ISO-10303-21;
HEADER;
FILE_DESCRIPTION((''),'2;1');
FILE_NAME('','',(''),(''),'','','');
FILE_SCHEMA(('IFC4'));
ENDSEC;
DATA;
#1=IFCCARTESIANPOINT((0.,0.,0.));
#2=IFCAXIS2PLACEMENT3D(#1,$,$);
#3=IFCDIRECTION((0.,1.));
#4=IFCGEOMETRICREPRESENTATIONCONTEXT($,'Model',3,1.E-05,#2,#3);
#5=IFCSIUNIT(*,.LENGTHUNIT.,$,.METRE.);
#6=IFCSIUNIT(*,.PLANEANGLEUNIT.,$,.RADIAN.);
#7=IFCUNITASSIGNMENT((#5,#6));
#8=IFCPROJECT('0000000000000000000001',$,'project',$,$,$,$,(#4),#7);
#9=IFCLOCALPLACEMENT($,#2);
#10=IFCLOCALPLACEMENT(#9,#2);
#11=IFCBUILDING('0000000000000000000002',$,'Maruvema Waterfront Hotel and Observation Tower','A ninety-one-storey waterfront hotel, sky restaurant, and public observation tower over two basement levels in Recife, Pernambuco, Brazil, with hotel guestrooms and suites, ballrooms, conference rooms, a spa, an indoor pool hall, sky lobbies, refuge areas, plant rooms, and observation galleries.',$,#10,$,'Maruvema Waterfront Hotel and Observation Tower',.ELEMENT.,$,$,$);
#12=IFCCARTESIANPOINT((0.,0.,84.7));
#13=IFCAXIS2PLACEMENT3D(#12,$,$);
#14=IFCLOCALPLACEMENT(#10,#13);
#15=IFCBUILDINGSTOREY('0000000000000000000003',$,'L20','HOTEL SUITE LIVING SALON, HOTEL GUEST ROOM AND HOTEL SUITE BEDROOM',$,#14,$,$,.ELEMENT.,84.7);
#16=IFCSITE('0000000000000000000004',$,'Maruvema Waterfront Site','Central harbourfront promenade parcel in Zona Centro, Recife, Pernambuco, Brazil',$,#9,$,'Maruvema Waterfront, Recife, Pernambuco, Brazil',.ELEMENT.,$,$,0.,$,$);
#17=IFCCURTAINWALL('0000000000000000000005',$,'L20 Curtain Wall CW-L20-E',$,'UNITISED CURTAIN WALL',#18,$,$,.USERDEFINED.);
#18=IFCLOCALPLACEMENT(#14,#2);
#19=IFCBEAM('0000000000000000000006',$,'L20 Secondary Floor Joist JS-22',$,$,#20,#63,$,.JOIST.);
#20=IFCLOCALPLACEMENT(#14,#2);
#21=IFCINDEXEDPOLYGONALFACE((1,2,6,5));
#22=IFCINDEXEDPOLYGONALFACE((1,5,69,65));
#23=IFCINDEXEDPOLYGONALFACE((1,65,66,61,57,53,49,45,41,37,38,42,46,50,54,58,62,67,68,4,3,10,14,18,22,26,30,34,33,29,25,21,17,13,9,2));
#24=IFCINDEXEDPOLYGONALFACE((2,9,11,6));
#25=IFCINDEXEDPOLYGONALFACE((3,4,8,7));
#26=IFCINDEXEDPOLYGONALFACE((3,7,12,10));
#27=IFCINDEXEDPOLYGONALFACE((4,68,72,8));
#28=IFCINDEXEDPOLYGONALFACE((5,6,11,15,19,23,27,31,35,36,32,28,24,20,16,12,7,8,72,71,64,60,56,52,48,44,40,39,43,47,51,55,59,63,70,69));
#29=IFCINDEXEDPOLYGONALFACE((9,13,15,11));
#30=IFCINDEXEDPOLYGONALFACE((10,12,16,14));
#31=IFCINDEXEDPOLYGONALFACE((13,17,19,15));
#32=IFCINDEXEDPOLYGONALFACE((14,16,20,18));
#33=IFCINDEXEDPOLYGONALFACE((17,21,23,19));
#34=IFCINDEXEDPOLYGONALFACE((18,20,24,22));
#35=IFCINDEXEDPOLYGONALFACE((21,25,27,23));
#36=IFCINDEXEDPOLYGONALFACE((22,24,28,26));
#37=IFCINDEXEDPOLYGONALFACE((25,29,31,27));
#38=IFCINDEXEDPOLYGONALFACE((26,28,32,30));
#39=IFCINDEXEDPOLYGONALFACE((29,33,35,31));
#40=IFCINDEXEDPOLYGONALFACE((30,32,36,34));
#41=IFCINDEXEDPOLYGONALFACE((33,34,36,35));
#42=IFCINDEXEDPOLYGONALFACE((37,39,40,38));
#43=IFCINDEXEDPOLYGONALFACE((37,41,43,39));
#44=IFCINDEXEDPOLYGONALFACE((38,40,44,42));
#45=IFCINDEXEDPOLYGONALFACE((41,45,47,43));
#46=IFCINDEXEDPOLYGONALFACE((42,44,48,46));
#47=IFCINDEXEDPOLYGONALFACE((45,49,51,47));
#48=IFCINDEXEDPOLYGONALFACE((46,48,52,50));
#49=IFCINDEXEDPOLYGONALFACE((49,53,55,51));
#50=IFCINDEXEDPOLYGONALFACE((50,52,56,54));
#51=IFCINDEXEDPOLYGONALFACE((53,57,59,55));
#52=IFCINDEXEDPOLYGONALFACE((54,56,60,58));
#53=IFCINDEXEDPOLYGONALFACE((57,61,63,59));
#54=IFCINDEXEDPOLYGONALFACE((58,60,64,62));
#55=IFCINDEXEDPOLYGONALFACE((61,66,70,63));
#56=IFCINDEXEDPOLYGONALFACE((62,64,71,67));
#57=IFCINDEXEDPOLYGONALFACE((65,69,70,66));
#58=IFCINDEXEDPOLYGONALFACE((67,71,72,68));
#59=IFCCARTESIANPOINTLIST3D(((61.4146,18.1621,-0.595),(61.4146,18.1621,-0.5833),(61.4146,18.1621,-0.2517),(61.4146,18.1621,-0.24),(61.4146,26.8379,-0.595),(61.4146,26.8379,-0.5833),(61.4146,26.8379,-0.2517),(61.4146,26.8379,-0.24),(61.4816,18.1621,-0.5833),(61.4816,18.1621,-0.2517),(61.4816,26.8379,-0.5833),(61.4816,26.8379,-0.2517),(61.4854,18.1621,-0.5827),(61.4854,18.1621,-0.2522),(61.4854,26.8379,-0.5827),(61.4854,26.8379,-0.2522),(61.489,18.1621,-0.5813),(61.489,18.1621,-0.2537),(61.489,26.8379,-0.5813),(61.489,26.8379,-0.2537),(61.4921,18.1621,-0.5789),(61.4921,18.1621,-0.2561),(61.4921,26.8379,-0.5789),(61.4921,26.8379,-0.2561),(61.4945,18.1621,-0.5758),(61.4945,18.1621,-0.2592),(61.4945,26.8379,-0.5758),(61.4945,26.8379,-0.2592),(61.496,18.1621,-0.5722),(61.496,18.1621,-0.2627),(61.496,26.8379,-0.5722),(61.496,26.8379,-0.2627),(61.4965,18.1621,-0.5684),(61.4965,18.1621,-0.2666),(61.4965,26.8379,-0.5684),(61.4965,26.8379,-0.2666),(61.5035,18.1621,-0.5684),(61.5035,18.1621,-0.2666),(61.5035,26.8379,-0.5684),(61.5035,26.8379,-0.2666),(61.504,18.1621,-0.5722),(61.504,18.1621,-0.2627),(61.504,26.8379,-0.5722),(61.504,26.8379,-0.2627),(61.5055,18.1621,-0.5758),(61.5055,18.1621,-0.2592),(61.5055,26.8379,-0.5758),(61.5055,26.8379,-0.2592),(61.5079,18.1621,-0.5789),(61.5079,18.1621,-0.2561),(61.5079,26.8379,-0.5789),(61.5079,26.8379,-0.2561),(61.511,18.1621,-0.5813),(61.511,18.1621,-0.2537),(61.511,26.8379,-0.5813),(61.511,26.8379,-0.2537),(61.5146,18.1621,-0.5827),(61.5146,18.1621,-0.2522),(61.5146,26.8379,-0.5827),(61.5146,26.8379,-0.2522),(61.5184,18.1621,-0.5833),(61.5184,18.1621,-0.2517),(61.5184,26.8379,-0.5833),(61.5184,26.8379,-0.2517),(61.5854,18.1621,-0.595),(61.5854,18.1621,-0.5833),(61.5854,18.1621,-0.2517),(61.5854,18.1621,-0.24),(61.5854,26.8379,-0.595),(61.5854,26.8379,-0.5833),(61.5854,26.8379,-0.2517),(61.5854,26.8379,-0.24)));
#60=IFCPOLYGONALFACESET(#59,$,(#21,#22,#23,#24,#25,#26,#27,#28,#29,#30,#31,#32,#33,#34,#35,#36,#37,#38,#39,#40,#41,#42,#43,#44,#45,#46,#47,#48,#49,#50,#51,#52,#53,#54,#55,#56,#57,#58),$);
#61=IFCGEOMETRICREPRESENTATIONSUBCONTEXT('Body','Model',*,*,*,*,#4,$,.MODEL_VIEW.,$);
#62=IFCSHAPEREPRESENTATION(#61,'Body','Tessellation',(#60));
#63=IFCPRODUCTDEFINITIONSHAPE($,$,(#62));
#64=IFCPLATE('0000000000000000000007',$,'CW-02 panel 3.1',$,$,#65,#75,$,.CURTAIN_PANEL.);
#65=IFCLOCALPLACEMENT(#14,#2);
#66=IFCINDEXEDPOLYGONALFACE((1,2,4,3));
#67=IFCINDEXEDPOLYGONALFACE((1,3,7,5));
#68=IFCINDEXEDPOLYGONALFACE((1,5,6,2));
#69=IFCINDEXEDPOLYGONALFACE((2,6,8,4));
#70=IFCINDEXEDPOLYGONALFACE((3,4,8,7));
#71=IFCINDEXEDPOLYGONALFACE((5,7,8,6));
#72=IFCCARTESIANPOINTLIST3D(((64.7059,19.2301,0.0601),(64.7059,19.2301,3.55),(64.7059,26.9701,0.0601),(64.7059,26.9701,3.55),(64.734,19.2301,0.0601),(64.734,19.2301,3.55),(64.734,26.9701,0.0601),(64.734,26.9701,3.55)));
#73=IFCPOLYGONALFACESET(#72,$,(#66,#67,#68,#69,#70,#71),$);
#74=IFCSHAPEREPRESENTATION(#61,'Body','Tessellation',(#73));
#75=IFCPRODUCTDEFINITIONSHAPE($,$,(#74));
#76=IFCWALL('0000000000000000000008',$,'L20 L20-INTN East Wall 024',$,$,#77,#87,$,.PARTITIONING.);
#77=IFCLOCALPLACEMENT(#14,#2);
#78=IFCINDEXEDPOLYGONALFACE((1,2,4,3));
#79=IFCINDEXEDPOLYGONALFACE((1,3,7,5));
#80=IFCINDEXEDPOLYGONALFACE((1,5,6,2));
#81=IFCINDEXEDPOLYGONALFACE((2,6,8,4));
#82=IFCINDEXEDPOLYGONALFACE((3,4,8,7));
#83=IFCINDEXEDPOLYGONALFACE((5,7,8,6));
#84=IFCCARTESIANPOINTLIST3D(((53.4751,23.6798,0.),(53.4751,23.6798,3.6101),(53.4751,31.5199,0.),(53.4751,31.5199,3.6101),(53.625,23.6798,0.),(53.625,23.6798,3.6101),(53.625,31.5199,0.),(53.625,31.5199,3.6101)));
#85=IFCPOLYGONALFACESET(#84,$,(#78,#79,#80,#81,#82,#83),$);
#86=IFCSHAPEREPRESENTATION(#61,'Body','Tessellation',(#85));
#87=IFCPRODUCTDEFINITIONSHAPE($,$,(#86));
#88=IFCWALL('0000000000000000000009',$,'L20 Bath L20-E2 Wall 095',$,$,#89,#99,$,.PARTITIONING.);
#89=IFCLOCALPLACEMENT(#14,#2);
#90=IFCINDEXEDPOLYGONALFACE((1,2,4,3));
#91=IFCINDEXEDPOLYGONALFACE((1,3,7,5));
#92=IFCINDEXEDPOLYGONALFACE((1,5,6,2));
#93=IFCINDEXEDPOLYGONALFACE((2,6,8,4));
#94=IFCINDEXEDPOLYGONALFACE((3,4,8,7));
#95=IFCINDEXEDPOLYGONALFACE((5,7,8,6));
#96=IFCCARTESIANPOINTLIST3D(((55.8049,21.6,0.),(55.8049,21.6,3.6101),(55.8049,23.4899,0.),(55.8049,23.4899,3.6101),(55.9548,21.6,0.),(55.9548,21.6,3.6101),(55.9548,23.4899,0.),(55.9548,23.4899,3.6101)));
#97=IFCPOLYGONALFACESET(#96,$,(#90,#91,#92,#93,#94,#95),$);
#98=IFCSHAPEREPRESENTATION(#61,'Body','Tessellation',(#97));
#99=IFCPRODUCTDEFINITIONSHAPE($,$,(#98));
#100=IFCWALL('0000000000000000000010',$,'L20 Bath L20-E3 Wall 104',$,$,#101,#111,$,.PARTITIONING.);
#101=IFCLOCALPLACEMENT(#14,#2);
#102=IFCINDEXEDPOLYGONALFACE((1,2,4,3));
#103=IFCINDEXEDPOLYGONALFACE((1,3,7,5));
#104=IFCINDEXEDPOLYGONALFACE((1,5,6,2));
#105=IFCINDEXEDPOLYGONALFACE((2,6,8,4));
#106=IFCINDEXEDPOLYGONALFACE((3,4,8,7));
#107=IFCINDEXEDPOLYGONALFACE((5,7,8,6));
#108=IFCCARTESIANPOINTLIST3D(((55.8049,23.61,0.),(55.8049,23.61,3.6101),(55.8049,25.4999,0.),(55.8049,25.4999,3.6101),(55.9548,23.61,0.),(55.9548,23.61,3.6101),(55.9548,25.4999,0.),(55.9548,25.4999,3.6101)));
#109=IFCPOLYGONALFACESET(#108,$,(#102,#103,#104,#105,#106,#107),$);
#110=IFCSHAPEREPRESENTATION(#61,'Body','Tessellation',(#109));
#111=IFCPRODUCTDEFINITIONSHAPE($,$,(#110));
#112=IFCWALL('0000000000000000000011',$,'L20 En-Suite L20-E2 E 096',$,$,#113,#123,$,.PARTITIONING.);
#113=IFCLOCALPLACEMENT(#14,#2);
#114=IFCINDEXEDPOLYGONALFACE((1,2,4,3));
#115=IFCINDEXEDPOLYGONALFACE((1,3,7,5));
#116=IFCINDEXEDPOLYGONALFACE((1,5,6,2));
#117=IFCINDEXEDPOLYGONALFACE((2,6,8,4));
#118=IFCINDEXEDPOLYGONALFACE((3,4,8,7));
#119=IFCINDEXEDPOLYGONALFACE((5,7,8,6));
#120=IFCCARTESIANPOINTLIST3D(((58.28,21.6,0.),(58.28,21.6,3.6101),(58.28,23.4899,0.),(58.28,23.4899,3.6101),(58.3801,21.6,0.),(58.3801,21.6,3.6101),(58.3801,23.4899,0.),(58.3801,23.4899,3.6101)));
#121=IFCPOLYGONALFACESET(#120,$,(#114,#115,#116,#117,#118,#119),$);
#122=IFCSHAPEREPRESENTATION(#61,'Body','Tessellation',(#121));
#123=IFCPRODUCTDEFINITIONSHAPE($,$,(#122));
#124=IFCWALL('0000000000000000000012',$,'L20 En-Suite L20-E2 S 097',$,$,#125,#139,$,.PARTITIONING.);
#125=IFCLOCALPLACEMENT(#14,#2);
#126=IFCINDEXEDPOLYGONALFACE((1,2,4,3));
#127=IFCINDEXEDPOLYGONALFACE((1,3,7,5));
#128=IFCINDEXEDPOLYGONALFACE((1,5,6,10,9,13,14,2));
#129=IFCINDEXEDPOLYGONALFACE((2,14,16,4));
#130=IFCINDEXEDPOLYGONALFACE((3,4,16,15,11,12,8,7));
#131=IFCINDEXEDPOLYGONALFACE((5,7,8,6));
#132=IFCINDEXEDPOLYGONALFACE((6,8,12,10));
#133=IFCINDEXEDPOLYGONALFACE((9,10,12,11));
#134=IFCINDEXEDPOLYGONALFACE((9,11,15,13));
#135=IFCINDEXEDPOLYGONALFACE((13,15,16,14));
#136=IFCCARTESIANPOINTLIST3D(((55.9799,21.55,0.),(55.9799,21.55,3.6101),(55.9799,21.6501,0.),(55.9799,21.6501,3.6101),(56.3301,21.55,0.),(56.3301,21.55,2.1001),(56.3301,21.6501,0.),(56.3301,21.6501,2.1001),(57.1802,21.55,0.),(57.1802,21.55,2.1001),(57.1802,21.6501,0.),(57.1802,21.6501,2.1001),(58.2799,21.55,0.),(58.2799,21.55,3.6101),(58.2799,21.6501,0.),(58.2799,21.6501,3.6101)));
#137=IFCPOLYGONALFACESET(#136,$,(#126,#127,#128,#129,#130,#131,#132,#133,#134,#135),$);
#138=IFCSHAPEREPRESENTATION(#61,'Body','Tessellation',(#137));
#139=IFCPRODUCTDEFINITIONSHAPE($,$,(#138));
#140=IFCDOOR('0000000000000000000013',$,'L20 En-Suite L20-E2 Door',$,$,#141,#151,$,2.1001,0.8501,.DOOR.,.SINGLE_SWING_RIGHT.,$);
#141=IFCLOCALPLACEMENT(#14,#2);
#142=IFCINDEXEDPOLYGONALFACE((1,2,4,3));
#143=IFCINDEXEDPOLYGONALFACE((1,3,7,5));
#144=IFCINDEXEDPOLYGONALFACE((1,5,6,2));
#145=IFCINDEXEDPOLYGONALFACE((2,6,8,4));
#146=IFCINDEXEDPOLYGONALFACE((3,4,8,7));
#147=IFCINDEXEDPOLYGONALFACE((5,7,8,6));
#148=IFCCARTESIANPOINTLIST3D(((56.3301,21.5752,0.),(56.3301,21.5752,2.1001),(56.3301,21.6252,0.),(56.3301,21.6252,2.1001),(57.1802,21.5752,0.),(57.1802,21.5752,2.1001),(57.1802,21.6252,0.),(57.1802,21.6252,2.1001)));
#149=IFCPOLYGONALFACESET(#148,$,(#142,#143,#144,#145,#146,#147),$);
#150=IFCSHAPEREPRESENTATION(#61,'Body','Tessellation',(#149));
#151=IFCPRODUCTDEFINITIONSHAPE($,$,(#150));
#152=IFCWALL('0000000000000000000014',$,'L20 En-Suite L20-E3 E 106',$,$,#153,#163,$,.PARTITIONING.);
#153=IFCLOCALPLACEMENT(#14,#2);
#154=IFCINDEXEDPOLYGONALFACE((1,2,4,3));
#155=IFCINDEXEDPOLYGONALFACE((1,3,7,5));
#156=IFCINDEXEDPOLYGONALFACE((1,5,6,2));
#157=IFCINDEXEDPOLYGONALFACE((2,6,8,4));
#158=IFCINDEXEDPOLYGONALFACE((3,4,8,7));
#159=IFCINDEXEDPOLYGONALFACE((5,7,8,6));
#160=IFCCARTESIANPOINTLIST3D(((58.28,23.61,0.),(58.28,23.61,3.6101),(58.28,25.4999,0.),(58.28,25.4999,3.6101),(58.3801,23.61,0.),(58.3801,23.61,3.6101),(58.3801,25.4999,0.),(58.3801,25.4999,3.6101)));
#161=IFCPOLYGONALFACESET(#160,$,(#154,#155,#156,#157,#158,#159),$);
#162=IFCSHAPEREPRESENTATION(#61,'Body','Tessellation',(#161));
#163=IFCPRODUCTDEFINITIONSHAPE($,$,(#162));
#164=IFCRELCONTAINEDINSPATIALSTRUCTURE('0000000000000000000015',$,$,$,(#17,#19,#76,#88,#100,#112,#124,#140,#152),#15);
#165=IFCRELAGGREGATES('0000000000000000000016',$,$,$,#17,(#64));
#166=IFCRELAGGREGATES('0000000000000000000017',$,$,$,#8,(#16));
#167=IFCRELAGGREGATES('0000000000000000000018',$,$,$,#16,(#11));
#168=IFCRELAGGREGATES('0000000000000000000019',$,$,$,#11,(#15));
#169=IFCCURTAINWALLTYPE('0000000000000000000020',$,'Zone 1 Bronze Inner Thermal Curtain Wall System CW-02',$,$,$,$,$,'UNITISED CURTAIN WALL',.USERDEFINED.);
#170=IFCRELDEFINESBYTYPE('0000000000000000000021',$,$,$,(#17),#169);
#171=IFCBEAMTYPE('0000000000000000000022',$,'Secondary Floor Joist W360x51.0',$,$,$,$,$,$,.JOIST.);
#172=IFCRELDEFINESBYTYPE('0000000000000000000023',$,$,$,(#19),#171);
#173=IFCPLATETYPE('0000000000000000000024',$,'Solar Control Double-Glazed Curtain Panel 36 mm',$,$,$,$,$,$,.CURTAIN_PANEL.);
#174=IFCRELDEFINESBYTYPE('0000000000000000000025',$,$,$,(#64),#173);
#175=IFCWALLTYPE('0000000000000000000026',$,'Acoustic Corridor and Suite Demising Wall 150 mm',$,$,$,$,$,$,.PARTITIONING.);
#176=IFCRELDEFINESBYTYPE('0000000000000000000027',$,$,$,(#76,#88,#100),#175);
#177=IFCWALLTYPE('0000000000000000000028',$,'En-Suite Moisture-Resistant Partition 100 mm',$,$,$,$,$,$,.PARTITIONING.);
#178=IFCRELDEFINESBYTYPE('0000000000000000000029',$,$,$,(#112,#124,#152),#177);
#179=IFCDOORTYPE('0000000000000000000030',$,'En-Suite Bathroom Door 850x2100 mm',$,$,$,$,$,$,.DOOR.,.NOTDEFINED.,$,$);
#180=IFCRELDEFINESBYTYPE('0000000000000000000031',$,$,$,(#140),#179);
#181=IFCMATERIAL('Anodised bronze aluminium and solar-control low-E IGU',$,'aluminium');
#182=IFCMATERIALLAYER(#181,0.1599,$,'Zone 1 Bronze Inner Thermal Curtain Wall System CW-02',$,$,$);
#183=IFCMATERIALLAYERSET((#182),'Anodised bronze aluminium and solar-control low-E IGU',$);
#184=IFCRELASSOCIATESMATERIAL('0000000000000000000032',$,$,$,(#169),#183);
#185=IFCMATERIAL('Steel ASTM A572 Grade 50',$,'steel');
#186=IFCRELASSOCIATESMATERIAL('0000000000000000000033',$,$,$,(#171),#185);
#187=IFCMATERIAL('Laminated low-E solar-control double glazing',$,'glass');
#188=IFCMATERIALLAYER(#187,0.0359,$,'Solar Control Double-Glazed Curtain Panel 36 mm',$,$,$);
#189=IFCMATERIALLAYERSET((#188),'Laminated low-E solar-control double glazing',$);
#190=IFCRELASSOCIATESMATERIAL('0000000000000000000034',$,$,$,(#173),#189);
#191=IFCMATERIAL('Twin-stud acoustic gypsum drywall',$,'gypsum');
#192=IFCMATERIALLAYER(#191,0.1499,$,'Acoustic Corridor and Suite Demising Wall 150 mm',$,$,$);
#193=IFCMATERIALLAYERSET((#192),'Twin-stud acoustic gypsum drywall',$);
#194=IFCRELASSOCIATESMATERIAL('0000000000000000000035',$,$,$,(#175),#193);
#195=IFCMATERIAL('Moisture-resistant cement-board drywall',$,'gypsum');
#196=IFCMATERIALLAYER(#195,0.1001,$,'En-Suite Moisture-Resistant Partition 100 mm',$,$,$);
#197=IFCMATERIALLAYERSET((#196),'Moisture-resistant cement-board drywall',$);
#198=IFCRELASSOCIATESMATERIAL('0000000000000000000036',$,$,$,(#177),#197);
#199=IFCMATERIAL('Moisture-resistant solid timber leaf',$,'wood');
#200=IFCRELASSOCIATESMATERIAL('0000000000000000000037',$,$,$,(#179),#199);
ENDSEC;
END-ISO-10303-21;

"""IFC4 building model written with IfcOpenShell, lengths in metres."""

from ifc_helpers import new_model, si_unit, direction, frame, frame_2d, origin, origin_2d, place, context, subcontext, project, spatial, rectangle, i_section, extrude, material, layer, layer_set, material_profile, profile_set, type_object, element, fill, aggregate, save


model = new_model("IFC4")

# Units and contexts
model_context = context("Model", 3, precision=1e-05, world=origin(), true_north=direction((0.0, 1.0)))
body_context = subcontext(model_context, "Body", "Model", "MODEL_VIEW")
ifc_project = project(units=[si_unit("LENGTHUNIT", "METRE"), si_unit("PLANEANGLEUNIT", "RADIAN")], contexts=[model_context])

# Site, building, storey
site_placement = place(None, origin())
site = spatial("IfcSite", under=ifc_project, at=site_placement, Name="Maruvema Waterfront Site", Description="Central harbourfront promenade parcel in Zona Centro, Recife, Pernambuco, Brazil", LongName="Maruvema Waterfront, Recife, Pernambuco, Brazil", CompositionType="ELEMENT", RefElevation=0.0)
building_placement = place(site_placement, origin())
building = spatial("IfcBuilding", under=site, at=building_placement, Name="Maruvema Waterfront Hotel and Observation Tower", Description="A ninety-one-storey waterfront hotel, sky restaurant, and public observation tower over two basement levels in Recife, Pernambuco, Brazil, with hotel guestrooms and suites, ballrooms, conference rooms, a spa, an indoor pool hall, sky lobbies, refuge areas, plant rooms, and observation galleries.", LongName="Maruvema Waterfront Hotel and Observation Tower", CompositionType="ELEMENT")
storey_placement = place(building_placement, frame((0.0, 0.0, 84.7)))
storey = spatial("IfcBuildingStorey", under=building, at=storey_placement, Name="L20", Description="HOTEL SUITE LIVING SALON, HOTEL GUEST ROOM AND HOTEL SUITE BEDROOM", CompositionType="ELEMENT", Elevation=84.7)

# Curtain wall
ifc_material_1 = material(Name="Anodised bronze aluminium and solar-control low-E IGU", Category="aluminium")
ifc_layer_1 = layer(ifc_material_1, 0.1599, Name="Zone 1 Bronze Inner Thermal Curtain Wall System CW-02")
ifc_layer_set_1 = layer_set([ifc_layer_1], Name="Anodised bronze aluminium and solar-control low-E IGU")
curtain_wall_type = type_object("IfcCurtainWallType", Name="Zone 1 Bronze Inner Thermal Curtain Wall System CW-02", ElementType="UNITISED CURTAIN WALL", PredefinedType="USERDEFINED", material=ifc_layer_set_1)
curtain_wall_placement = place(storey_placement, origin())
curtain_wall = element("IfcCurtainWall", 1, at=curtain_wall_placement, inside=storey, type_object=curtain_wall_type, Name="L20 Curtain Wall CW-L20-E", ObjectType="UNITISED CURTAIN WALL", PredefinedType="USERDEFINED")

# Beam
ifc_material_2 = material(Name="Steel ASTM A572 Grade 50", Category="steel")
ifc_material_profile_1 = material_profile(ifc_material_2, i_section(OverallWidth=0.1709, OverallDepth=0.355, WebThickness=0.0071, FlangeThickness=0.0117, FilletRadius=0.0149, at=origin_2d()), Name="W360x51.0")
ifc_profile_set_1 = profile_set([ifc_material_profile_1], Name="Steel ASTM A572 Grade 50")
beam_type_1 = type_object("IfcBeamType", Name="Secondary Floor Joist W360x51.0", PredefinedType="JOIST", material=ifc_profile_set_1)
beam_1_placement = place(storey_placement, frame((61.5, 18.1621, -0.4175), z_axis=(0.0, 1.0, 0.0), x_axis=(-1.0, 0.0, 0.0)))
element("IfcBeam", 2, at=beam_1_placement, inside=storey, type_object=beam_type_1, Name="L20 Secondary Floor Joist JS-22", PredefinedType="JOIST", context=body_context, shape_type="SweptSolid", body=[
    extrude(i_section(OverallWidth=0.1709, OverallDepth=0.355, WebThickness=0.0071, FlangeThickness=0.0117, FilletRadius=0.0149, at=origin_2d()), origin(), (0.0, 0.0, 1.0), 8.6758),
])

# Plate
ifc_material_3 = material(Name="Laminated low-E solar-control double glazing", Category="glass")
ifc_layer_2 = layer(ifc_material_3, 0.0359, Name="Solar Control Double-Glazed Curtain Panel 36 mm")
ifc_layer_set_2 = layer_set([ifc_layer_2], Name="Laminated low-E solar-control double glazing")
plate_type = type_object("IfcPlateType", Name="Solar Control Double-Glazed Curtain Panel 36 mm", PredefinedType="CURTAIN_PANEL", material=ifc_layer_set_2)
plate_placement = place(storey_placement, frame((64.72, 23.1001, 0.0601), z_axis=(0.0, 0.0, 1.0), x_axis=(0.0, 1.0, 0.0)))
plate = element("IfcPlate", 3, at=plate_placement, type_object=plate_type, Name="CW-02 panel 3.1", PredefinedType="CURTAIN_PANEL", context=body_context, shape_type="SweptSolid", body=[
    extrude(rectangle(XDim=7.74, YDim=0.0281, at=origin_2d()), origin(), (0.0, 0.0, 1.0), 3.49),
])
aggregate(curtain_wall, [plate])

# Wall
ifc_material_4 = material(Name="Twin-stud acoustic gypsum drywall", Category="gypsum")
ifc_layer_3 = layer(ifc_material_4, 0.1499, Name="Acoustic Corridor and Suite Demising Wall 150 mm")
ifc_layer_set_3 = layer_set([ifc_layer_3], Name="Twin-stud acoustic gypsum drywall")
wall_type_1 = type_object("IfcWallType", Name="Acoustic Corridor and Suite Demising Wall 150 mm", PredefinedType="PARTITIONING", material=ifc_layer_set_3)
wall_1_placement = place(storey_placement, frame((53.55, 23.6799, 0.0), z_axis=(0.0, 0.0, 1.0), x_axis=(0.0, 1.0, 0.0)))
element("IfcWall", 4, at=wall_1_placement, inside=storey, type_object=wall_type_1, Name="L20 L20-INTN East Wall 024", PredefinedType="PARTITIONING", context=body_context, shape_type="SweptSolid", body=[
    extrude(rectangle(XDim=7.8401, YDim=0.1499, at=frame_2d((3.9199, 0.0))), origin(), (0.0, 0.0, 1.0), 3.6101),
])

# Walls
for number, where, z_axis, x_axis, name in (
    (5, (55.8799, 21.6001, 0.0), (0.0, 0.0, 1.0), (0.0, 1.0, 0.0), "L20 Bath L20-E2 Wall 095"),
    (6, (55.8799, 23.6101, 0.0), (0.0, 0.0, 1.0), (0.0, 1.0, 0.0), "L20 Bath L20-E3 Wall 104"),
):
    element("IfcWall", number, at=place(storey_placement, frame(where, z_axis=z_axis, x_axis=x_axis)), inside=storey, type_object=wall_type_1, Name=name, PredefinedType="PARTITIONING", context=body_context, shape_type="SweptSolid", body=[
        extrude(rectangle(XDim=1.8899, YDim=0.1499, at=frame_2d((0.9448, 0.0))), origin(), (0.0, 0.0, 1.0), 3.6101),
    ])

# Wall
ifc_material_5 = material(Name="Moisture-resistant cement-board drywall", Category="gypsum")
ifc_layer_4 = layer(ifc_material_5, 0.1001, Name="En-Suite Moisture-Resistant Partition 100 mm")
ifc_layer_set_4 = layer_set([ifc_layer_4], Name="Moisture-resistant cement-board drywall")
wall_type_2 = type_object("IfcWallType", Name="En-Suite Moisture-Resistant Partition 100 mm", PredefinedType="PARTITIONING", material=ifc_layer_set_4)
wall_2_placement = place(storey_placement, frame((58.3301, 21.6001, 0.0), z_axis=(0.0, 0.0, 1.0), x_axis=(0.0, 1.0, 0.0)))
element("IfcWall", 7, at=wall_2_placement, inside=storey, type_object=wall_type_2, Name="L20 En-Suite L20-E2 E 096", PredefinedType="PARTITIONING", context=body_context, shape_type="SweptSolid", body=[
    extrude(rectangle(XDim=1.8899, YDim=0.1001, at=frame_2d((0.9448, 0.0))), origin(), (0.0, 0.0, 1.0), 3.6101),
])

# Wall, opening, door
wall_3_placement = place(storey_placement, frame((55.98, 21.6001, 0.0), z_axis=(0.0, 0.0, 1.0), x_axis=(1.0, 0.0, 0.0)))
wall_3 = element("IfcWall", 8, at=wall_3_placement, inside=storey, type_object=wall_type_2, Name="L20 En-Suite L20-E2 S 097", PredefinedType="PARTITIONING", context=body_context, shape_type="SweptSolid", body=[
    extrude(rectangle(XDim=2.3, YDim=0.1001, at=frame_2d((1.1499, 0.0))), origin(), (0.0, 0.0, 1.0), 3.6101),
])
opening_1_placement = place(wall_3_placement, frame((0.3501, 0.0, 0.0)))
opening_1 = element("IfcOpeningElement", 9, at=opening_1_placement, cuts=wall_3, PredefinedType="OPENING", context=body_context, shape_type="SweptSolid", body=[
    extrude(rectangle(XDim=0.8501, YDim=2.1001, at=frame_2d((0.425, 1.05))), frame((0.0, 0.0601, 0.0), z_axis=(0.0, -1.0, 0.0), x_axis=(1.0, 0.0, 0.0)), (0.0, 0.0, 1.0), 0.1201),
])
ifc_material_6 = material(Name="Moisture-resistant solid timber leaf", Category="wood")
door_type_1 = type_object("IfcDoorType", Name="En-Suite Bathroom Door 850x2100 mm", OperationType="NOTDEFINED", PredefinedType="DOOR", material=ifc_material_6)
door_1_placement = place(opening_1_placement, frame((0.8501, 0.0, 0.0), z_axis=(0.0, 0.0, 1.0), x_axis=(-1.0, 0.0, 0.0)))
door_1 = element("IfcDoor", 10, at=door_1_placement, inside=storey, type_object=door_type_1, Name="L20 En-Suite L20-E2 Door", OperationType="SINGLE_SWING_RIGHT", OverallHeight=2.1001, OverallWidth=0.8501, PredefinedType="DOOR", context=body_context, shape_type="SweptSolid", body=[
    extrude(rectangle(XDim=0.8501, YDim=2.1001, at=frame_2d((0.425, 1.05))), frame((0.0, 0.0249, 0.0), z_axis=(0.0, -1.0, 0.0), x_axis=(1.0, 0.0, 0.0)), (0.0, 0.0, 1.0), 0.05),
])
fill(opening_1, door_1)

# Wall
wall_4_placement = place(storey_placement, frame((58.3301, 23.6101, 0.0), z_axis=(0.0, 0.0, 1.0), x_axis=(0.0, 1.0, 0.0)))
element("IfcWall", 11, at=wall_4_placement, inside=storey, type_object=wall_type_2, Name="L20 En-Suite L20-E3 E 106", PredefinedType="PARTITIONING", context=body_context, shape_type="SweptSolid", body=[
    extrude(rectangle(XDim=1.8899, YDim=0.1001, at=frame_2d((0.9448, 0.0))), origin(), (0.0, 0.0, 1.0), 3.6101),
])

save(model, "model.ifc")
